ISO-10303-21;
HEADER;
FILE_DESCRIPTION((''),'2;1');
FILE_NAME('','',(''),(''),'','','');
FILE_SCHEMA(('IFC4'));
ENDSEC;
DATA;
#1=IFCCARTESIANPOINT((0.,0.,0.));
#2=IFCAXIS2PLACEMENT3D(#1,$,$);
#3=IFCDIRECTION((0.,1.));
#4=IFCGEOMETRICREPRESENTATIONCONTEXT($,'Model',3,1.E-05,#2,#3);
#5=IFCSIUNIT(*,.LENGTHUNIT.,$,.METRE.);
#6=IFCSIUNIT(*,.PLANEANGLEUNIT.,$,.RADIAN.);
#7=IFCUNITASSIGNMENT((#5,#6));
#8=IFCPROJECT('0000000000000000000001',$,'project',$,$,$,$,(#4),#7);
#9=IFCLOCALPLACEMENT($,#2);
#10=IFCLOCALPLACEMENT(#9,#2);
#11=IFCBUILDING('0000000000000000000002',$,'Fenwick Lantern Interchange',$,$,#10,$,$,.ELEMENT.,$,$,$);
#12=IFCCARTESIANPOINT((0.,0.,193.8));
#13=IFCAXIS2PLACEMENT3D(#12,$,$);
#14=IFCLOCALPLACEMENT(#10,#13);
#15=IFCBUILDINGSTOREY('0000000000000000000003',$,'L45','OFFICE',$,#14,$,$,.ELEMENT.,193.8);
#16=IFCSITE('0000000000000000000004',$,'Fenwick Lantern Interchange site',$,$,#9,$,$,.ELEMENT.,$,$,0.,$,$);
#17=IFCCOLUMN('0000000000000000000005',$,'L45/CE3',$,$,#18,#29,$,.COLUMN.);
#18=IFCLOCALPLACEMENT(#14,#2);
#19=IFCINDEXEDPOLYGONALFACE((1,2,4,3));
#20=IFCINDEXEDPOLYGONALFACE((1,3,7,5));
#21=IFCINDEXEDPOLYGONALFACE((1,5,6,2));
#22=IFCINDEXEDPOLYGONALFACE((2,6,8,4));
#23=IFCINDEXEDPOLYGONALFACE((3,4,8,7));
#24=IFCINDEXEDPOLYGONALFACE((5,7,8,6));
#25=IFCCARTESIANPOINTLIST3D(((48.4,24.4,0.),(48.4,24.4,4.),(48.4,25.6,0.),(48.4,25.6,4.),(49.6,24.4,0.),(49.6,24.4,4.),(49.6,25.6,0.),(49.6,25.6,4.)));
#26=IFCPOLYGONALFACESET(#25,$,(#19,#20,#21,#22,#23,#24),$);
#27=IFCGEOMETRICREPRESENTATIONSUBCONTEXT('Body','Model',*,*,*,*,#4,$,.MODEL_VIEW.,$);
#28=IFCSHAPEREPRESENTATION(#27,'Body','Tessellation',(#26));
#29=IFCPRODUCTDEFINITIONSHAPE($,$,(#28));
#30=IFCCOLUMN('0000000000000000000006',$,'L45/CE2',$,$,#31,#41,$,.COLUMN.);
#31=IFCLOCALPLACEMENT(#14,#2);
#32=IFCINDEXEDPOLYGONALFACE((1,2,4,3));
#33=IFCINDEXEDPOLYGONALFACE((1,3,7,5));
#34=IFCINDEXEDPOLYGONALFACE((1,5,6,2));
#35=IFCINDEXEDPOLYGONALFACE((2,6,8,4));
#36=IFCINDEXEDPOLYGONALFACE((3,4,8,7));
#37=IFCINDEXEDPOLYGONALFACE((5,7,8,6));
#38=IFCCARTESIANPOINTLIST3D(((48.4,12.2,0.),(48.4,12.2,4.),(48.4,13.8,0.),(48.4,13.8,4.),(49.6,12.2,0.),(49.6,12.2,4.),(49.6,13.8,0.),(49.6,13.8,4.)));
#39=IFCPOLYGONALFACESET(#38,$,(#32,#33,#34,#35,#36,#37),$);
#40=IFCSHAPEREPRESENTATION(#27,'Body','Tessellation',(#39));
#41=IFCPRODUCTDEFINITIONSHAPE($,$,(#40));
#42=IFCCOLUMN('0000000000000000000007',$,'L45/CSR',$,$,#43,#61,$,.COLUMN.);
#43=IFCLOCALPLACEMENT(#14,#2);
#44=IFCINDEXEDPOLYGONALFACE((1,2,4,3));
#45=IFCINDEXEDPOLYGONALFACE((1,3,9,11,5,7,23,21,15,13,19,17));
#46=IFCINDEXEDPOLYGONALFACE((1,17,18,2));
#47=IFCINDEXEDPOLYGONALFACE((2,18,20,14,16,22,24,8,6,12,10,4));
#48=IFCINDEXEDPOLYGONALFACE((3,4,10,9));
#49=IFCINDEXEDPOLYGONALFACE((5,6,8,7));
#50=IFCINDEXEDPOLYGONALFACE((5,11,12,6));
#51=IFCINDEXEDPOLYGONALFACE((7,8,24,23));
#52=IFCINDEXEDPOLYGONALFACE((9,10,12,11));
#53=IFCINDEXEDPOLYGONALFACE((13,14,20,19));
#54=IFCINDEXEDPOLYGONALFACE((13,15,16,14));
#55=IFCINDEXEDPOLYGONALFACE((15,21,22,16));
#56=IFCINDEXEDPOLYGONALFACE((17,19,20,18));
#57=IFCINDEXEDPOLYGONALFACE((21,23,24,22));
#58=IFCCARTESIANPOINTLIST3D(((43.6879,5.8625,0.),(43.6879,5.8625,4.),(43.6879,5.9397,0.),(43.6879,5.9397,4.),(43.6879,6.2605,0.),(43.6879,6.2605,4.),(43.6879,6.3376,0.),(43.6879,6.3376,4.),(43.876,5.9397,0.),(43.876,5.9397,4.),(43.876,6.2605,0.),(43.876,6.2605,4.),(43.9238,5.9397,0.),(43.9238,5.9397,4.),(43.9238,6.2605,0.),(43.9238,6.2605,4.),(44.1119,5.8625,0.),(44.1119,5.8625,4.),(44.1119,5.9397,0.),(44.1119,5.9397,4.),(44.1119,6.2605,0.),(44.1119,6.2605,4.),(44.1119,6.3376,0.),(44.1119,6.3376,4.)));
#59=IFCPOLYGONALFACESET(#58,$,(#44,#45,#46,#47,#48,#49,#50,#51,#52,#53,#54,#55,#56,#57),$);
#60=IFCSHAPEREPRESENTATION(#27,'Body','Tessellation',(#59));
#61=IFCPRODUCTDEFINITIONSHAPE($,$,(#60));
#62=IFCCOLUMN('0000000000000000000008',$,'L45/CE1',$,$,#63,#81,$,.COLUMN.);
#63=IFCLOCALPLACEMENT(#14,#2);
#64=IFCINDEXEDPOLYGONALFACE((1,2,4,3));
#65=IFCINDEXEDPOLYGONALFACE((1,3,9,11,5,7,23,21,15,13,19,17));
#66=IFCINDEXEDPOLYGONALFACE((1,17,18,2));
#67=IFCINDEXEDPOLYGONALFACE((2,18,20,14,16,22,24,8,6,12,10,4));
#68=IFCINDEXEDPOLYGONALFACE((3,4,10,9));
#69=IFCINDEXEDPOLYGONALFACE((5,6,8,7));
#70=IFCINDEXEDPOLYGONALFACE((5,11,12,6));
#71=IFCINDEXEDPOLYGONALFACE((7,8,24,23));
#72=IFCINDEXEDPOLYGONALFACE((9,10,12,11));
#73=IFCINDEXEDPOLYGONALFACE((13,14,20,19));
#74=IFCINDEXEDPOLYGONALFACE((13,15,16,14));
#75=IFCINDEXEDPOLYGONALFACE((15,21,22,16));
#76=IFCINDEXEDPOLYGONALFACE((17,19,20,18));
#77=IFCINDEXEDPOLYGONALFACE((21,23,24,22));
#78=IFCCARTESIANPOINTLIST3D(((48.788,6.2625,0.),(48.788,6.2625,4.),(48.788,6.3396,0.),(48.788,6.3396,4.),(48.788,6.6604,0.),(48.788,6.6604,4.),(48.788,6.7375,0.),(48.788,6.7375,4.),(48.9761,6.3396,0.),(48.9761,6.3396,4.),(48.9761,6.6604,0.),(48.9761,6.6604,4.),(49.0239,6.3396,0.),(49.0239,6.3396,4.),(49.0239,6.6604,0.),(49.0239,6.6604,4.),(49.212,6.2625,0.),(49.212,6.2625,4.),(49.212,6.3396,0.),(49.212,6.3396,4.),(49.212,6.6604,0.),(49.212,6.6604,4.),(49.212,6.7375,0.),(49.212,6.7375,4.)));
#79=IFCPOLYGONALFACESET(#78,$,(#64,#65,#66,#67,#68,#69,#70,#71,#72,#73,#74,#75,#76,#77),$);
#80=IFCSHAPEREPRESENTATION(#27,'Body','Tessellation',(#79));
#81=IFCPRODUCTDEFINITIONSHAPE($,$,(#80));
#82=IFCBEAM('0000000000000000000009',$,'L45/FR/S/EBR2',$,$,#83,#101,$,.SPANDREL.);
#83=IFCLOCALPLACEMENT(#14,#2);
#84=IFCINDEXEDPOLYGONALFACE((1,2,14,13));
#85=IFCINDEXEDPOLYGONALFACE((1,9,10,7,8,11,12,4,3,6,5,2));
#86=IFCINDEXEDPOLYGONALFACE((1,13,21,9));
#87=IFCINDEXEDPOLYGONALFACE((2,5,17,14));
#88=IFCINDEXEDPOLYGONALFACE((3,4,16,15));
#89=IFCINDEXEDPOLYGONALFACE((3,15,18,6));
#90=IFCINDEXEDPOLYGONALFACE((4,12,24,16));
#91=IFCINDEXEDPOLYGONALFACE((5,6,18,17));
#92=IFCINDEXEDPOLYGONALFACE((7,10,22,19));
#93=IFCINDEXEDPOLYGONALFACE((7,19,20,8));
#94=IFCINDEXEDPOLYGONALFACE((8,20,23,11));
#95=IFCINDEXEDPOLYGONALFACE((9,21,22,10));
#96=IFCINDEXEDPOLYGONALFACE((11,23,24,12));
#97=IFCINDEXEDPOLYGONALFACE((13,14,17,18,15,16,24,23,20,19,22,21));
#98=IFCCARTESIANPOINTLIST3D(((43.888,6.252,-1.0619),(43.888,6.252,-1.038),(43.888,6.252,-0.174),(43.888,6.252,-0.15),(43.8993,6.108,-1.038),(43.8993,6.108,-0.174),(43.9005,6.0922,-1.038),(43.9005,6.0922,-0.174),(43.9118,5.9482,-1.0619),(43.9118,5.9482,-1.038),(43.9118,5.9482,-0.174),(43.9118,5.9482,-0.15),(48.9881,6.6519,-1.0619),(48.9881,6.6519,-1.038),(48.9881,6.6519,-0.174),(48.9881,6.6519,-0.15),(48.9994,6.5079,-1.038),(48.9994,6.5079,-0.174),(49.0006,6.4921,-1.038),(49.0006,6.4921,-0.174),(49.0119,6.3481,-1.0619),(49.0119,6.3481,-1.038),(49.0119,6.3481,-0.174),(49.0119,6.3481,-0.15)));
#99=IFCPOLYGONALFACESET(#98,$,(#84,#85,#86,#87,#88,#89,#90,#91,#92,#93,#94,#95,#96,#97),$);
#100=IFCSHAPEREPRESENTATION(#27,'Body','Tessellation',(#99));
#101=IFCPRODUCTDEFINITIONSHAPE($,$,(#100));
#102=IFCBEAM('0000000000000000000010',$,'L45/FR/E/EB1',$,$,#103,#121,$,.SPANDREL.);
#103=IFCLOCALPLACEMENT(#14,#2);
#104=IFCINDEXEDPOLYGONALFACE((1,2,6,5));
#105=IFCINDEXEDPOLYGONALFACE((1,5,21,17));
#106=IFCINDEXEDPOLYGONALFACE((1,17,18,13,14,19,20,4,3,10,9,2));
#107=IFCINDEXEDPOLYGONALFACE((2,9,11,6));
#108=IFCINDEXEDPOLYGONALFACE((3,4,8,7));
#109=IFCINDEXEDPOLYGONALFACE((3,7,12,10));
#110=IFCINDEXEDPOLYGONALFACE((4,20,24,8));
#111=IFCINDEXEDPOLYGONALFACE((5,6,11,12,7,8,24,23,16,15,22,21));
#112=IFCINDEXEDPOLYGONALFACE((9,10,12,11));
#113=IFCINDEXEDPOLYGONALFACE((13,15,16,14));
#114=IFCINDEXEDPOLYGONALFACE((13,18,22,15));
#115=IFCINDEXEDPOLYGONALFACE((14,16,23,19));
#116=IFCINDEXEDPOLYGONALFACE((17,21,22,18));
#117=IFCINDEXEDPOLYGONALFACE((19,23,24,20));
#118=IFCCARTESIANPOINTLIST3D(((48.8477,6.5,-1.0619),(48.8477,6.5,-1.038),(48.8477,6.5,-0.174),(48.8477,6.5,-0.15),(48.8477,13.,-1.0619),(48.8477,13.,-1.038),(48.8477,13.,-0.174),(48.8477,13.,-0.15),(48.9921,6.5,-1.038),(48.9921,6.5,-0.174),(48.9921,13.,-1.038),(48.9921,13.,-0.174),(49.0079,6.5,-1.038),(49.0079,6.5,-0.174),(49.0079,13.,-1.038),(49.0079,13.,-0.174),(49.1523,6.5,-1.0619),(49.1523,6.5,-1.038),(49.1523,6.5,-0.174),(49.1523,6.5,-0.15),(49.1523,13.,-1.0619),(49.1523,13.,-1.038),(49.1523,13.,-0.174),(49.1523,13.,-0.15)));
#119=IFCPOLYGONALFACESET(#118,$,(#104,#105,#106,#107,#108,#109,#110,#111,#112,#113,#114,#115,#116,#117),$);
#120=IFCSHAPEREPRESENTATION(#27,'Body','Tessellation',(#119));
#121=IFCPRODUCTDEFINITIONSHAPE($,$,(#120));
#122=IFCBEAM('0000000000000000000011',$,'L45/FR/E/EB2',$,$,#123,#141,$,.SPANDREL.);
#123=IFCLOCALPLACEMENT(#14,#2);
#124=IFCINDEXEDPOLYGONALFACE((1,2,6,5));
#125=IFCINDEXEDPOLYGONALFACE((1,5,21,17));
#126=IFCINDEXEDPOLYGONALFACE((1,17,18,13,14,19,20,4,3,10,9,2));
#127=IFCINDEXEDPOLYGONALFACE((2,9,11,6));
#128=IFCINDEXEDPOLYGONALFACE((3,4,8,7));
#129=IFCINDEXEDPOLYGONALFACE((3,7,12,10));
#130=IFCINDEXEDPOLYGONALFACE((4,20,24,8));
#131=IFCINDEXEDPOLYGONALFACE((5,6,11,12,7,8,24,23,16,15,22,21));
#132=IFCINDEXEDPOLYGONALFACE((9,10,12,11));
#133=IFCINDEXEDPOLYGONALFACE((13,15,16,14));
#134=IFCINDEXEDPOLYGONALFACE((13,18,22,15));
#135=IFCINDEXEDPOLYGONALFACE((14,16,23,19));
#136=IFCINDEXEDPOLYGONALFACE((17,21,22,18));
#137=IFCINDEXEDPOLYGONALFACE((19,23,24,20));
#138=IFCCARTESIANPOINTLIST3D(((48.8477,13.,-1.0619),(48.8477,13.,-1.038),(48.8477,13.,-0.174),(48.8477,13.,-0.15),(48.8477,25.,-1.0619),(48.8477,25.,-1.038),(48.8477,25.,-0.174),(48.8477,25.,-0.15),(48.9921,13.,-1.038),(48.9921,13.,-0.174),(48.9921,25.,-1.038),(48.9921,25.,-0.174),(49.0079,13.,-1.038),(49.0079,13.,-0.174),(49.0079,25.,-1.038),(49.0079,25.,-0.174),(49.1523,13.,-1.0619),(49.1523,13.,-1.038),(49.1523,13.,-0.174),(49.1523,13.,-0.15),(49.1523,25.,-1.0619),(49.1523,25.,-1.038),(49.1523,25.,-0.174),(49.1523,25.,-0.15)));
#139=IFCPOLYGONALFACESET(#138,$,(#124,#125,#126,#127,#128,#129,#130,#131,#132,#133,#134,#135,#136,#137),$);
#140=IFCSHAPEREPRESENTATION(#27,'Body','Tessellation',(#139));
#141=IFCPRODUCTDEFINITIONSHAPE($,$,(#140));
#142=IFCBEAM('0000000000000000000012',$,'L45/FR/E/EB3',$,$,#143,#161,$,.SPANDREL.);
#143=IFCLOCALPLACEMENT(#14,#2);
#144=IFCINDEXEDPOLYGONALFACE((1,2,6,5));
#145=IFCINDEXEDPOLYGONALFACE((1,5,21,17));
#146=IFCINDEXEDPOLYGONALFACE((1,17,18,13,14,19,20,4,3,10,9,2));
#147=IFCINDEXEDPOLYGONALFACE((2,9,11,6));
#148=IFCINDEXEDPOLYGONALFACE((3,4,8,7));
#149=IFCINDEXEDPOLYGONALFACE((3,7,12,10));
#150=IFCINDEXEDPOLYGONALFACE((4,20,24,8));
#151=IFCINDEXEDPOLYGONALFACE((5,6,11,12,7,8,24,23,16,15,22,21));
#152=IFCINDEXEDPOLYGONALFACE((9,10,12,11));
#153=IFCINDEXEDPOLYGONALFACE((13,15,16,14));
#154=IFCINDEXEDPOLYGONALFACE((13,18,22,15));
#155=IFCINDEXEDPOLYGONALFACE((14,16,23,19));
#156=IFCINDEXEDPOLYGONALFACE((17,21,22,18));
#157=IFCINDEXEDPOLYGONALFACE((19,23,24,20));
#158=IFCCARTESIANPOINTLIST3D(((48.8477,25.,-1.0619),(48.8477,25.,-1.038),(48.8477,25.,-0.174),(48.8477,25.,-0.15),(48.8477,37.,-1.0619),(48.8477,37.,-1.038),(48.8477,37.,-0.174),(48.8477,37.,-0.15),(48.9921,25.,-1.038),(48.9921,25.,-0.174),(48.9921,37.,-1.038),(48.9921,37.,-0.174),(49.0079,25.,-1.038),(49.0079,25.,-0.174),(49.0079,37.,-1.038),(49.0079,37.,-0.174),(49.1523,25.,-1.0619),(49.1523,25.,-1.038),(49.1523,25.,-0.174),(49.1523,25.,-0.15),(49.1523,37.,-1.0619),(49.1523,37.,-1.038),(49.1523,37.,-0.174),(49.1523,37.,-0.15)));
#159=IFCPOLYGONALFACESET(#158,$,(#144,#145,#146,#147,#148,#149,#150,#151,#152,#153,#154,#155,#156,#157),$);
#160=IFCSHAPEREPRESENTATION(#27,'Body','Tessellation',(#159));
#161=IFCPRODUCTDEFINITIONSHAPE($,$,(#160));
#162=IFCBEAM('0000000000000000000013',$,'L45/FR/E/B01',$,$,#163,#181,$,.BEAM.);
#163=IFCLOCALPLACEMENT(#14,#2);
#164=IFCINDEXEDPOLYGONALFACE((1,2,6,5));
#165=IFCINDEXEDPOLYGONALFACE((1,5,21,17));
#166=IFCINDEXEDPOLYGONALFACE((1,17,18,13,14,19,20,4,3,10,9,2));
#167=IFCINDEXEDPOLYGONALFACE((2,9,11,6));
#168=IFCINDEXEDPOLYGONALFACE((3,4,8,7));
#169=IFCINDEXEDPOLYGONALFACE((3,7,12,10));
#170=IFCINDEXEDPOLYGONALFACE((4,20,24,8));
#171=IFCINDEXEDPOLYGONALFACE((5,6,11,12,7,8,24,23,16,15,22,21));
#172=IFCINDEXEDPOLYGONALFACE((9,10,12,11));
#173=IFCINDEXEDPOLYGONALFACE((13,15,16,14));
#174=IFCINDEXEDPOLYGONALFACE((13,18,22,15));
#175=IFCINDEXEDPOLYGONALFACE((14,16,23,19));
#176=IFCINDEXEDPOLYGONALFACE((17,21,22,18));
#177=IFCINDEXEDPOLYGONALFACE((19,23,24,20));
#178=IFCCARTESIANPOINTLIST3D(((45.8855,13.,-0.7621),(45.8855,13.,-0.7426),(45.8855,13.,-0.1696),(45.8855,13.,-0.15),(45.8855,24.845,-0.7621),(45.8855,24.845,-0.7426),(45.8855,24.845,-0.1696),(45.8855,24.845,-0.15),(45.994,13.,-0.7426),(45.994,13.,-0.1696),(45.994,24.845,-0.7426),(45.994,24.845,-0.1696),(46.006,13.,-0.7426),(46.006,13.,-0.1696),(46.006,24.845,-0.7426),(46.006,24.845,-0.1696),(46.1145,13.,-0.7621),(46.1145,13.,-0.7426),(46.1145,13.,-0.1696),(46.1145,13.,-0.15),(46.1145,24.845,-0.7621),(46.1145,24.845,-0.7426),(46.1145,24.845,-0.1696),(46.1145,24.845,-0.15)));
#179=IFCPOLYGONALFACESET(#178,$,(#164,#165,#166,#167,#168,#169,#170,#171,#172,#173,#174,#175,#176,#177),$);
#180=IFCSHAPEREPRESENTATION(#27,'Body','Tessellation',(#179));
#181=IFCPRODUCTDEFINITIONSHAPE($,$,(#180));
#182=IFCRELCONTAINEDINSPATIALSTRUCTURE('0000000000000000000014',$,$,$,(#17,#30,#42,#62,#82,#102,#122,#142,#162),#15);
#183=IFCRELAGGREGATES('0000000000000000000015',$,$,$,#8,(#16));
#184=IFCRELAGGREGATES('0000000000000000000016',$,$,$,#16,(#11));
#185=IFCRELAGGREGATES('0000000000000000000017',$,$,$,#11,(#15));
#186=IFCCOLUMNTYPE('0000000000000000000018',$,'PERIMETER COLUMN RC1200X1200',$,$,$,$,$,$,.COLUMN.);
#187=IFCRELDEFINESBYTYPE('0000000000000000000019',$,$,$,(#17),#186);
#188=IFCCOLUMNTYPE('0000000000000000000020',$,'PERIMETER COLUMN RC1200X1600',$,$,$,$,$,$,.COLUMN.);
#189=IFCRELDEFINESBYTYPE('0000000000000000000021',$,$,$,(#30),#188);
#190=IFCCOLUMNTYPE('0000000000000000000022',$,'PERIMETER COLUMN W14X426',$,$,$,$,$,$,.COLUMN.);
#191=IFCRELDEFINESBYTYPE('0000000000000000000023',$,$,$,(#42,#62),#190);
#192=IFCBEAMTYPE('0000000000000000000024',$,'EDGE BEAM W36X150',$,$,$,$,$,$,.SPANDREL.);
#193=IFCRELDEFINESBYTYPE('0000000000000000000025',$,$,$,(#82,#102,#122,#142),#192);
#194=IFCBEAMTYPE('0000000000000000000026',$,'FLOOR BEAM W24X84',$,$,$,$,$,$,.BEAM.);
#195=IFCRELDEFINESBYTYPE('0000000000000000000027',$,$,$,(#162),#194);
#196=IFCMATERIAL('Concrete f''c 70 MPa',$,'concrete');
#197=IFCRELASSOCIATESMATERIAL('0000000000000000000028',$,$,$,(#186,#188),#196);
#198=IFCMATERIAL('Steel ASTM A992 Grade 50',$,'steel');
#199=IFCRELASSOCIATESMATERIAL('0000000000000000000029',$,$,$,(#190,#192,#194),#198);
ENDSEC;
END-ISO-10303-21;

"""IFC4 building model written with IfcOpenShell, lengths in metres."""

from ifc_helpers import new_model, si_unit, direction, frame, origin, origin_2d, place, context, subcontext, project, spatial, rectangle, i_section, extrude, material, material_profile, profile_set, type_object, element, save


model = new_model("IFC4")

# Units and contexts
model_context = context("Model", 3, precision=1e-05, world=origin(), true_north=direction((0.0, 1.0)))
body_context = subcontext(model_context, "Body", "Model", "MODEL_VIEW")
ifc_project = project(units=[si_unit("LENGTHUNIT", "METRE"), si_unit("PLANEANGLEUNIT", "RADIAN")], contexts=[model_context])

# Site, building, storey
site_placement = place(None, origin())
site = spatial("IfcSite", under=ifc_project, at=site_placement, Name="Fenwick Lantern Interchange site", CompositionType="ELEMENT", RefElevation=0.0)
building_placement = place(site_placement, origin())
building = spatial("IfcBuilding", under=site, at=building_placement, Name="Fenwick Lantern Interchange", CompositionType="ELEMENT")
storey_placement = place(building_placement, frame((0.0, 0.0, 193.8)))
storey = spatial("IfcBuildingStorey", under=building, at=storey_placement, Name="L45", Description="OFFICE", CompositionType="ELEMENT", Elevation=193.8)

# Columns
ifc_material_1 = material(Name="Concrete f'c 70 MPa", Category="concrete")
ifc_material_profile_1 = material_profile(ifc_material_1, rectangle(XDim=1.2, YDim=1.2, at=origin_2d()), Name="RC1200X1200")
ifc_profile_set_1 = profile_set([ifc_material_profile_1], Name="Concrete f'c 70 MPa")
column_type_1 = type_object("IfcColumnType", Name="PERIMETER COLUMN RC1200X1200", PredefinedType="COLUMN", material=ifc_profile_set_1)
column_1_placement = place(storey_placement, frame((49.0, 25.0, 0.0), z_axis=(0.0, 0.0, 1.0), x_axis=(1.0, 0.0, 0.0)))
element("IfcColumn", 1, at=column_1_placement, inside=storey, type_object=column_type_1, Name="L45/CE3", PredefinedType="COLUMN", context=body_context, shape_type="SweptSolid", body=[
    extrude(rectangle(XDim=1.2, YDim=1.2, at=origin_2d()), origin(), (0.0, 0.0, 1.0), 4.0),
])
ifc_material_profile_2 = material_profile(ifc_material_1, rectangle(XDim=1.2, YDim=1.6001, at=origin_2d()), Name="RC1200X1600")
ifc_profile_set_2 = profile_set([ifc_material_profile_2], Name="Concrete f'c 70 MPa")
column_type_2 = type_object("IfcColumnType", Name="PERIMETER COLUMN RC1200X1600", PredefinedType="COLUMN", material=ifc_profile_set_2)
column_2_placement = place(storey_placement, frame((49.0, 13.0, 0.0), z_axis=(0.0, 0.0, 1.0), x_axis=(1.0, 0.0, 0.0)))
element("IfcColumn", 2, at=column_2_placement, inside=storey, type_object=column_type_2, Name="L45/CE2", PredefinedType="COLUMN", context=body_context, shape_type="SweptSolid", body=[
    extrude(rectangle(XDim=1.2, YDim=1.6001, at=origin_2d()), origin(), (0.0, 0.0, 1.0), 4.0),
])
ifc_material_2 = material(Name="Steel ASTM A992 Grade 50", Category="steel")
ifc_material_profile_3 = material_profile(ifc_material_2, i_section(OverallWidth=0.4241, OverallDepth=0.4751, WebThickness=0.0479, FlangeThickness=0.0771, at=origin_2d()), Name="W14X426")
ifc_profile_set_3 = profile_set([ifc_material_profile_3], Name="Steel ASTM A992 Grade 50")
column_type_3 = type_object("IfcColumnType", Name="PERIMETER COLUMN W14X426", PredefinedType="COLUMN", material=ifc_profile_set_3)
for number, where, z_axis, x_axis, name in (
    (3, (43.8999, 6.1001, 0.0), (0.0, 0.0, 1.0), (1.0, 0.0, 0.0), "L45/CSR"),
    (4, (49.0, 6.5, 0.0), (0.0, 0.0, 1.0), (1.0, 0.0, 0.0), "L45/CE1"),
):
    element("IfcColumn", number, at=place(storey_placement, frame(where, z_axis=z_axis, x_axis=x_axis)), inside=storey, type_object=column_type_3, Name=name, PredefinedType="COLUMN", context=body_context, shape_type="SweptSolid", body=[
        extrude(i_section(OverallWidth=0.4241, OverallDepth=0.4751, WebThickness=0.0479, FlangeThickness=0.0771, at=origin_2d()), origin(), (0.0, 0.0, 1.0), 4.0),
    ])

# Beams
ifc_material_profile_4 = material_profile(ifc_material_2, i_section(OverallWidth=0.3047, OverallDepth=0.9119, WebThickness=0.0159, FlangeThickness=0.0239, at=origin_2d()), Name="W36X150")
ifc_profile_set_4 = profile_set([ifc_material_profile_4], Name="Steel ASTM A992 Grade 50")
beam_type_1 = type_object("IfcBeamType", Name="EDGE BEAM W36X150", PredefinedType="SPANDREL", material=ifc_profile_set_4)
beam_1_placement = place(storey_placement, frame((43.8999, 6.1001, -0.606), z_axis=(0.99694, 0.078171, 0.0), x_axis=(-0.078171, 0.99694, 0.0)))
element("IfcBeam", 5, at=beam_1_placement, inside=storey, type_object=beam_type_1, Name="L45/FR/S/EBR2", PredefinedType="SPANDREL", context=body_context, shape_type="SweptSolid", body=[
    extrude(i_section(OverallWidth=0.3047, OverallDepth=0.9119, WebThickness=0.0159, FlangeThickness=0.0239, at=origin_2d()), origin(), (0.0, 0.0, 1.0), 5.1157),
])
beam_2_placement = place(storey_placement, frame((49.0, 6.5, -0.606), z_axis=(0.0, 1.0, 0.0), x_axis=(-1.0, 0.0, 0.0)))
element("IfcBeam", 6, at=beam_2_placement, inside=storey, type_object=beam_type_1, Name="L45/FR/E/EB1", PredefinedType="SPANDREL", context=body_context, shape_type="SweptSolid", body=[
    extrude(i_section(OverallWidth=0.3047, OverallDepth=0.9119, WebThickness=0.0159, FlangeThickness=0.0239, at=origin_2d()), origin(), (0.0, 0.0, 1.0), 6.5),
])
for number, where, z_axis, x_axis, name in (
    (7, (49.0, 13.0, -0.606), (0.0, 1.0, 0.0), (-1.0, 0.0, 0.0), "L45/FR/E/EB2"),
    (8, (49.0, 25.0, -0.606), (0.0, 1.0, 0.0), (-1.0, 0.0, 0.0), "L45/FR/E/EB3"),
):
    element("IfcBeam", number, at=place(storey_placement, frame(where, z_axis=z_axis, x_axis=x_axis)), inside=storey, type_object=beam_type_1, Name=name, PredefinedType="SPANDREL", context=body_context, shape_type="SweptSolid", body=[
        extrude(i_section(OverallWidth=0.3047, OverallDepth=0.9119, WebThickness=0.0159, FlangeThickness=0.0239, at=origin_2d()), origin(), (0.0, 0.0, 1.0), 12.0),
    ])
ifc_material_profile_5 = material_profile(ifc_material_2, i_section(OverallWidth=0.229, OverallDepth=0.6121, WebThickness=0.012, FlangeThickness=0.0195, at=origin_2d()), Name="W24X84")
ifc_profile_set_5 = profile_set([ifc_material_profile_5], Name="Steel ASTM A992 Grade 50")
beam_type_2 = type_object("IfcBeamType", Name="FLOOR BEAM W24X84", PredefinedType="BEAM", material=ifc_profile_set_5)
for number, where, z_axis, x_axis, name in (
    (9, (46.0, 13.0, -0.4561), (0.0, 1.0, 0.0), (-1.0, 0.0, 0.0), "L45/FR/E/B01"),
):
    element("IfcBeam", number, at=place(storey_placement, frame(where, z_axis=z_axis, x_axis=x_axis)), inside=storey, type_object=beam_type_2, Name=name, PredefinedType="BEAM", context=body_context, shape_type="SweptSolid", body=[
        extrude(i_section(OverallWidth=0.229, OverallDepth=0.6121, WebThickness=0.012, FlangeThickness=0.0195, at=origin_2d()), origin(), (0.0, 0.0, 1.0), 11.845),
    ])

save(model, "model.ifc")
